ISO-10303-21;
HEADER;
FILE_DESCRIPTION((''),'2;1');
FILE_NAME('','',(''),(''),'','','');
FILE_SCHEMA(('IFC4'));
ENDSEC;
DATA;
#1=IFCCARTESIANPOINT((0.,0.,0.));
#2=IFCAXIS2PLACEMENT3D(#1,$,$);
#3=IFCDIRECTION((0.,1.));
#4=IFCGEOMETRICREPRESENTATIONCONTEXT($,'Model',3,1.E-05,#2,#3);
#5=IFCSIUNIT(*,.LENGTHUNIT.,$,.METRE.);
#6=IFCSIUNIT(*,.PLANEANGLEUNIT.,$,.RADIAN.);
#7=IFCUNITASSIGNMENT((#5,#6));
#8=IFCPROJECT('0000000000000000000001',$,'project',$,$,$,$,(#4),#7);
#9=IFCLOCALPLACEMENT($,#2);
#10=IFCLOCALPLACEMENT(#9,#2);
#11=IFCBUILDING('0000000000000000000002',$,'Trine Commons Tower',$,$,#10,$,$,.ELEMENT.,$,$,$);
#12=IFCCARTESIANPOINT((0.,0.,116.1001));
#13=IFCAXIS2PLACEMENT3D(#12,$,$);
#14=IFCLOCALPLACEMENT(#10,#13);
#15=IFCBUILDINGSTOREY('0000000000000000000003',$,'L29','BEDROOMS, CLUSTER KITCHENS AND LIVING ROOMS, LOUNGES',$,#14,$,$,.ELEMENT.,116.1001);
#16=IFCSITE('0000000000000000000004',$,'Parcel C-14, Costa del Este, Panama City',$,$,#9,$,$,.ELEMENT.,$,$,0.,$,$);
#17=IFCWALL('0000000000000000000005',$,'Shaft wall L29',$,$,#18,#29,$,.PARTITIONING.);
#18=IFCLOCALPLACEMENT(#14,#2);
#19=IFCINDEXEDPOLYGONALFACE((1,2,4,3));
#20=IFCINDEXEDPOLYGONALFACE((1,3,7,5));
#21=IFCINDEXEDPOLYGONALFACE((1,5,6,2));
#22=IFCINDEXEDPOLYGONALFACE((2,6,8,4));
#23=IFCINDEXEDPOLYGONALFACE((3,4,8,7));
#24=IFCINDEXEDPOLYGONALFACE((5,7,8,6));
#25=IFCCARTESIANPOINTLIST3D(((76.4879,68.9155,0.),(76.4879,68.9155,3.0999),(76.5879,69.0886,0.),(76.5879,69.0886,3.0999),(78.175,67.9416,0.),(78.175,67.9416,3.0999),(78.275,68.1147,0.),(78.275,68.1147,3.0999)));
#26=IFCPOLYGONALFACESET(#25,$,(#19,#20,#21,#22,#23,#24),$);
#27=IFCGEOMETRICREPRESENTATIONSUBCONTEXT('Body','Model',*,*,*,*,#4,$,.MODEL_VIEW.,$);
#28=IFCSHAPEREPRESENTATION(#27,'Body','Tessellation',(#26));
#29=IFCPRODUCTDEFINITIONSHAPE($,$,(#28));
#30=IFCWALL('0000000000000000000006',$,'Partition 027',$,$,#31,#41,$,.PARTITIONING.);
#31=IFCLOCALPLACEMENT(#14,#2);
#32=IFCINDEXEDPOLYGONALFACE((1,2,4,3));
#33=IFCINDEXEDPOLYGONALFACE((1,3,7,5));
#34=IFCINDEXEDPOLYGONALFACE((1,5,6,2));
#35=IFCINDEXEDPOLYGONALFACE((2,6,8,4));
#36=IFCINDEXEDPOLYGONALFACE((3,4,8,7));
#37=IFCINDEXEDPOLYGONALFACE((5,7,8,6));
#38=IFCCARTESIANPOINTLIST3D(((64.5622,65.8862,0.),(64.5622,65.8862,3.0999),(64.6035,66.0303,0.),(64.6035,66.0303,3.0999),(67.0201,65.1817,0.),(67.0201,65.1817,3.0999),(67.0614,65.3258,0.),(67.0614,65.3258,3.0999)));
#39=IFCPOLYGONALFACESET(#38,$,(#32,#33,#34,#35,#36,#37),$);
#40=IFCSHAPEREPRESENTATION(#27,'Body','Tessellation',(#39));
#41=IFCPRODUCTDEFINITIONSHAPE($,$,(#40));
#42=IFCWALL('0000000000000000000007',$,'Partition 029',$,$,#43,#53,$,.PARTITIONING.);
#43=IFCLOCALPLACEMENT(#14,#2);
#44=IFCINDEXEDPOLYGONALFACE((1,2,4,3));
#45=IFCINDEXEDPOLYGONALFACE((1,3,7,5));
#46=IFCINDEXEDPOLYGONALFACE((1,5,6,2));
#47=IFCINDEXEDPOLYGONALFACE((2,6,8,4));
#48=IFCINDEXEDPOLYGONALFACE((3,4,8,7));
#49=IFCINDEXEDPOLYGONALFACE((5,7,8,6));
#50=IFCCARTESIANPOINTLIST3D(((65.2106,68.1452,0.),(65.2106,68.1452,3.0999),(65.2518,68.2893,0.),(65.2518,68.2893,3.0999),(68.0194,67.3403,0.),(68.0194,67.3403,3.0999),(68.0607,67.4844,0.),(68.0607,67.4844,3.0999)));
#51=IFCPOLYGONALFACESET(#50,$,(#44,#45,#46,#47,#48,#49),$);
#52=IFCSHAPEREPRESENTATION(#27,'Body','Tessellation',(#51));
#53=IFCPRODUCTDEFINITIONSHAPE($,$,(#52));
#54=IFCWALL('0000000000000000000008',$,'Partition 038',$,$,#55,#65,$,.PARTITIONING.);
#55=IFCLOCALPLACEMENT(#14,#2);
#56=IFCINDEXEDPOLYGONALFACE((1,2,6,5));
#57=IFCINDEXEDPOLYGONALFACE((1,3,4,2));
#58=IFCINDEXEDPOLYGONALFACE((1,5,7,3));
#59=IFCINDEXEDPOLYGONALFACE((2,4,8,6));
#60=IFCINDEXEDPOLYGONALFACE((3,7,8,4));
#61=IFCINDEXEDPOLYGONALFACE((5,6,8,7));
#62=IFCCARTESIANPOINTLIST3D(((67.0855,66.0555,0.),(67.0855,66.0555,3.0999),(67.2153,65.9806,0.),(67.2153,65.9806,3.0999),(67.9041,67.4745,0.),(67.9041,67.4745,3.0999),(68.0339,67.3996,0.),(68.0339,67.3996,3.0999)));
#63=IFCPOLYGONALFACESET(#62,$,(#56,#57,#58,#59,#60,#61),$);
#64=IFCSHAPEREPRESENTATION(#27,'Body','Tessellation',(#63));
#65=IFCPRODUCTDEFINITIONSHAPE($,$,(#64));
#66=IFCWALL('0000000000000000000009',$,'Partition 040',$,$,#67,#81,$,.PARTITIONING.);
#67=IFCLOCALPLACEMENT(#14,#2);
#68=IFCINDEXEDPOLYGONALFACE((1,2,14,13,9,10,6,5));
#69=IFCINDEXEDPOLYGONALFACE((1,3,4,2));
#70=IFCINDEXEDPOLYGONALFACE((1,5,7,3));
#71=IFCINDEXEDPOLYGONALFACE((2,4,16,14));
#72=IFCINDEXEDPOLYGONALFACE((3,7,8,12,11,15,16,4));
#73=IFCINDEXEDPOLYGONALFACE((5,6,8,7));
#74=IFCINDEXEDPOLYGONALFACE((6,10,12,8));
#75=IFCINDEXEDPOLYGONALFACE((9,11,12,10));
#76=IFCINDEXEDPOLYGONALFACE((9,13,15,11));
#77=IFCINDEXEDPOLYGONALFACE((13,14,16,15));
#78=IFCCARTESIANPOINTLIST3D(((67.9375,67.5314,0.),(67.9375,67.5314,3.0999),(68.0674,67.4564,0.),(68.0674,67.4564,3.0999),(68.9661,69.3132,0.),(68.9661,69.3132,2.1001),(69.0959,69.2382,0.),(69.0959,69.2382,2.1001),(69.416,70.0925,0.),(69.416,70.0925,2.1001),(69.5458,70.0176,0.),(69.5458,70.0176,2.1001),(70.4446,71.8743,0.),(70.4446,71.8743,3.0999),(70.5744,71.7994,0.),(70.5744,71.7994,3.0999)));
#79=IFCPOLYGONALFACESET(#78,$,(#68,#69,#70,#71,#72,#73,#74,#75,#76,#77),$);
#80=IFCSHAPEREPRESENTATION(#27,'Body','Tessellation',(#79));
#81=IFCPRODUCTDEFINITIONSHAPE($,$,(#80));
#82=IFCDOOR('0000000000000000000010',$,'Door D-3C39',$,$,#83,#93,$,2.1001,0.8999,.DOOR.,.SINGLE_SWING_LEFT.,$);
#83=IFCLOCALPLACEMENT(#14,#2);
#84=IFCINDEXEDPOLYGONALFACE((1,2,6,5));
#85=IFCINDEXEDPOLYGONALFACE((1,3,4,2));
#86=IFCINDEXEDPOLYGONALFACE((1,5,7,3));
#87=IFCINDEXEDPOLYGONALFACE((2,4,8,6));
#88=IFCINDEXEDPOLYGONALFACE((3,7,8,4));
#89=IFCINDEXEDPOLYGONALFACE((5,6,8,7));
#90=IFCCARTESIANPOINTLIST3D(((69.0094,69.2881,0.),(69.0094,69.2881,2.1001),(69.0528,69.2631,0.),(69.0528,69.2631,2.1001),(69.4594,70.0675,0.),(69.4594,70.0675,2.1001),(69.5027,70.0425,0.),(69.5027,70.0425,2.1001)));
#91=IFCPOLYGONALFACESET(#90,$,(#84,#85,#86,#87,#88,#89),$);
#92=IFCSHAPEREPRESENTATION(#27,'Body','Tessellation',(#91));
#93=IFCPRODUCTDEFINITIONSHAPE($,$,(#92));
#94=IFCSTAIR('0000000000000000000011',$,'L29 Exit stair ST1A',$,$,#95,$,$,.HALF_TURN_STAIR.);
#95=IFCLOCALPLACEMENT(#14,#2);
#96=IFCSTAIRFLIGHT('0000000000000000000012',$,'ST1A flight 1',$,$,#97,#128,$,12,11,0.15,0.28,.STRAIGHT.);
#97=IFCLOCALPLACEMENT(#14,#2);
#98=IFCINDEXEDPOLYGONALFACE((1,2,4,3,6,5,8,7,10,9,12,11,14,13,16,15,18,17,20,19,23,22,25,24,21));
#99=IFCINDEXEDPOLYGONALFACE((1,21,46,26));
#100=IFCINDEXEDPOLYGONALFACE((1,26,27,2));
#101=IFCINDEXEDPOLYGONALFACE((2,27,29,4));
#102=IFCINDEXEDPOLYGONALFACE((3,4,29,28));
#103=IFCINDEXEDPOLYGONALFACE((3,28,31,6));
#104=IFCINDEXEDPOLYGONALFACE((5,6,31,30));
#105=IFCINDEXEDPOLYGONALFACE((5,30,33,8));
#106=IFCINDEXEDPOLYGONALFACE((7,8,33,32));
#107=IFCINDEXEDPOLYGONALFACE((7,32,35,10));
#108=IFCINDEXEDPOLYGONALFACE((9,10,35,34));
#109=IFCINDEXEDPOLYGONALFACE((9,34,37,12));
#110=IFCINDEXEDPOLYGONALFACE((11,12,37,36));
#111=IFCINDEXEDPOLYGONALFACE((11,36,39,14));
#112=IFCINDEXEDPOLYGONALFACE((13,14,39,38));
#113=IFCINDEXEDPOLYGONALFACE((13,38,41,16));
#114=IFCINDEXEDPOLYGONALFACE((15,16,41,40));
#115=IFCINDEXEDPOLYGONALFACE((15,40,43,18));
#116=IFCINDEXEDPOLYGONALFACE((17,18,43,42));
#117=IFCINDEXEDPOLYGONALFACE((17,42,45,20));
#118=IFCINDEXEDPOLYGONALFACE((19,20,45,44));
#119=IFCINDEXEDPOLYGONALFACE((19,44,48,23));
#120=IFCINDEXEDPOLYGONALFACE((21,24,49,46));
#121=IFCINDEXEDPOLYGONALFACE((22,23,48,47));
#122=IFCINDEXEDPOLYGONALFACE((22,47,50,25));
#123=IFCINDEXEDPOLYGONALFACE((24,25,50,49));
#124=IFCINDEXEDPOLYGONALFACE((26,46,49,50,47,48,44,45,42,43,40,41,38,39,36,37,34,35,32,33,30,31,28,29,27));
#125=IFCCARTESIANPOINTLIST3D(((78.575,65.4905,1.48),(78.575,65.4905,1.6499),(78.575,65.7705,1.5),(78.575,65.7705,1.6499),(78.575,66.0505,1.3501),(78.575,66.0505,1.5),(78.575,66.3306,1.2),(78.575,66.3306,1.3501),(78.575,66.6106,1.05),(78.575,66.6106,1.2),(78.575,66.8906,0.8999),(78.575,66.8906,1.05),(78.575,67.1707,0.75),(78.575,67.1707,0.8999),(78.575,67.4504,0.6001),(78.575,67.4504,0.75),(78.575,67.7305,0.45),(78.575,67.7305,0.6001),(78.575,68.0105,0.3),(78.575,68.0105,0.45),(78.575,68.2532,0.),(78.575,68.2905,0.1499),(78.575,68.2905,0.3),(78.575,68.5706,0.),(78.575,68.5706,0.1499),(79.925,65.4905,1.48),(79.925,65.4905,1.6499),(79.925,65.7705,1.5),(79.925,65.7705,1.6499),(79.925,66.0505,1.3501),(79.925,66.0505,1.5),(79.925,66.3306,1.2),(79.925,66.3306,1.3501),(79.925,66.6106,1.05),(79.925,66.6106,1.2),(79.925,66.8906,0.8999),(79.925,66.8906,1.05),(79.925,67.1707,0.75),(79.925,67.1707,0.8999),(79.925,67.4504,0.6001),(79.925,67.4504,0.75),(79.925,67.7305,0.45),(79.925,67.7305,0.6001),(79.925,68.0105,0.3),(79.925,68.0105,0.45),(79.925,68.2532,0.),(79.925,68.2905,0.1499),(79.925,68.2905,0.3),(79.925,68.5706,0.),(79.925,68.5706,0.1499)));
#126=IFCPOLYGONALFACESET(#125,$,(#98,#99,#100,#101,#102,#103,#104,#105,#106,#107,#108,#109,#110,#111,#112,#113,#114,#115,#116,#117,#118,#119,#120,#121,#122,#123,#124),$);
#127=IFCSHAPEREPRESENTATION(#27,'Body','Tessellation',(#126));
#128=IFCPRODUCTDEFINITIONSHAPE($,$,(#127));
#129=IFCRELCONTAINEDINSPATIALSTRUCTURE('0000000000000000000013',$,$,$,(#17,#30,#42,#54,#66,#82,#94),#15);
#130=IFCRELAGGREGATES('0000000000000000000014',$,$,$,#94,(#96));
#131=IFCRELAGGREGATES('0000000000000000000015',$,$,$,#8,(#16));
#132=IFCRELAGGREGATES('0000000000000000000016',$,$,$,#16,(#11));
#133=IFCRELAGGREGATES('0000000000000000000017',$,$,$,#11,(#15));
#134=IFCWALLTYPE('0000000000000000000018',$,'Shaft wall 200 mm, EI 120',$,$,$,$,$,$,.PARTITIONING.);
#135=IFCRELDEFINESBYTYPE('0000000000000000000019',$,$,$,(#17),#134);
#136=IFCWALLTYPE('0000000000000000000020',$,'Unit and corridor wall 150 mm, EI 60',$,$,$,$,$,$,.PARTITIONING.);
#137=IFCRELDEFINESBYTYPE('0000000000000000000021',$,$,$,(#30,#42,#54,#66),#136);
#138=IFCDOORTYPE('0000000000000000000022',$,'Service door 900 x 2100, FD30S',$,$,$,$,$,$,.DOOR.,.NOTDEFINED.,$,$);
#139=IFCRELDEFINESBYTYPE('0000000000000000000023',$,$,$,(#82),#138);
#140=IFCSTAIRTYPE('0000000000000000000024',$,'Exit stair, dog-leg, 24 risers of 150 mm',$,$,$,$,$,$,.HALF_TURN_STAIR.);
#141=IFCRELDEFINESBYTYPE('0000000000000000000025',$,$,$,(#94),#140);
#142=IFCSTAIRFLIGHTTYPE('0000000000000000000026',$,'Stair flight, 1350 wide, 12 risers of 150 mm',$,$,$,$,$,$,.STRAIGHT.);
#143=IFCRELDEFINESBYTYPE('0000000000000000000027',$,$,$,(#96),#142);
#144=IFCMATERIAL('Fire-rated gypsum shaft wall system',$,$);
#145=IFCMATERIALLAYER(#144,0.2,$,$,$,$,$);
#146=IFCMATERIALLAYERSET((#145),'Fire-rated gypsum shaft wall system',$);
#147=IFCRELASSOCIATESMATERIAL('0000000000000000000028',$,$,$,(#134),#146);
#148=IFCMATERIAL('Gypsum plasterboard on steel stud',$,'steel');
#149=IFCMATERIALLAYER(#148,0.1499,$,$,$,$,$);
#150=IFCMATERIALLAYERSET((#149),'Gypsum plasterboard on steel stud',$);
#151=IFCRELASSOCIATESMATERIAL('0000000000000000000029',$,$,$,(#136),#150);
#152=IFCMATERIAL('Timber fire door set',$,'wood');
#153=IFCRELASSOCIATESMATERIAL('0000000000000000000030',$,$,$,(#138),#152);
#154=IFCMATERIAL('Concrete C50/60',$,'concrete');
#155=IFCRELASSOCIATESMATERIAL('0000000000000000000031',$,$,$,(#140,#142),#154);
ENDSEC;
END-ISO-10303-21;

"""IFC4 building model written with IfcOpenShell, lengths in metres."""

from ifc_helpers import new_model, si_unit, direction, frame, frame_2d, origin, place, context, subcontext, project, spatial, polyline, rectangle, outline, extrude, material, layer, layer_set, type_object, element, fill, aggregate, save


model = new_model("IFC4")

# Units and contexts
model_context = context("Model", 3, precision=1e-05, world=origin(), true_north=direction((0.0, 1.0)))
body_context = subcontext(model_context, "Body", "Model", "MODEL_VIEW")
ifc_project = project(units=[si_unit("LENGTHUNIT", "METRE"), si_unit("PLANEANGLEUNIT", "RADIAN")], contexts=[model_context])

# Site, building, storey
site_placement = place(None, origin())
site = spatial("IfcSite", under=ifc_project, at=site_placement, Name="Parcel C-14, Costa del Este, Panama City", CompositionType="ELEMENT", RefElevation=0.0)
building_placement = place(site_placement, origin())
building = spatial("IfcBuilding", under=site, at=building_placement, Name="Trine Commons Tower", CompositionType="ELEMENT")
storey_placement = place(building_placement, frame((0.0, 0.0, 116.1001)))
storey = spatial("IfcBuildingStorey", under=building, at=storey_placement, Name="L29", Description="BEDROOMS, CLUSTER KITCHENS AND LIVING ROOMS, LOUNGES", CompositionType="ELEMENT", Elevation=116.1001)

# Shared definitions
ifc_material_1 = material(Name="Concrete C50/60", Category="concrete")

# Shared definitions
ifc_material_2 = material(Name="Fire-rated gypsum shaft wall system")

# Walls
ifc_layer_1 = layer(ifc_material_2, 0.2)
ifc_layer_set_1 = layer_set([ifc_layer_1], Name="Fire-rated gypsum shaft wall system")
wall_type_1 = type_object("IfcWallType", Name="Shaft wall 200 mm, EI 120", PredefinedType="PARTITIONING", material=ifc_layer_set_1)
wall_1_placement = place(storey_placement, frame((78.2251, 68.0281, 0.0), z_axis=(0.0, 0.0, 1.0), x_axis=(-0.866052, 0.499954, 0.0)))
element("IfcWall", 1, at=wall_1_placement, inside=storey, type_object=wall_type_1, Name="Shaft wall L29", PredefinedType="PARTITIONING", context=body_context, shape_type="SweptSolid", body=[
    extrude(rectangle(XDim=1.948, YDim=0.2, at=frame_2d((0.9741, 0.0))), origin(), (0.0, 0.0, 1.0), 3.0999),
])
ifc_material_3 = material(Name="Gypsum plasterboard on steel stud", Category="steel")
ifc_layer_2 = layer(ifc_material_3, 0.1499)
ifc_layer_set_2 = layer_set([ifc_layer_2], Name="Gypsum plasterboard on steel stud")
wall_type_2 = type_object("IfcWallType", Name="Unit and corridor wall 150 mm, EI 60", PredefinedType="PARTITIONING", material=ifc_layer_set_2)
wall_2_placement = place(storey_placement, frame((64.583, 65.9583, 0.0), z_axis=(0.0, 0.0, 1.0), x_axis=(0.961286, -0.275553, 0.0)))
element("IfcWall", 2, at=wall_2_placement, inside=storey, type_object=wall_type_2, Name="Partition 027", PredefinedType="PARTITIONING", context=body_context, shape_type="SweptSolid", body=[
    extrude(rectangle(XDim=2.5569, YDim=0.1499, at=frame_2d((1.2783, 0.0))), origin(), (0.0, 0.0, 1.0), 3.0999),
])
wall_3_placement = place(storey_placement, frame((65.2312, 68.2173, 0.0), z_axis=(0.0, 0.0, 1.0), x_axis=(0.961306, -0.275483, 0.0)))
element("IfcWall", 3, at=wall_3_placement, inside=storey, type_object=wall_type_2, Name="Partition 029", PredefinedType="PARTITIONING", context=body_context, shape_type="SweptSolid", body=[
    extrude(rectangle(XDim=2.9219, YDim=0.1499, at=frame_2d((1.4609, 0.0))), origin(), (0.0, 0.0, 1.0), 3.0999),
])
wall_4_placement = place(storey_placement, frame((67.1504, 66.0181, 0.0), z_axis=(0.0, 0.0, 1.0), x_axis=(0.499714, 0.866191, 0.0)))
element("IfcWall", 4, at=wall_4_placement, inside=storey, type_object=wall_type_2, Name="Partition 038", PredefinedType="PARTITIONING", context=body_context, shape_type="SweptSolid", body=[
    extrude(rectangle(XDim=1.6382, YDim=0.1499, at=frame_2d((0.8191, 0.0))), origin(), (0.0, 0.0, 1.0), 3.0999),
])

# Wall, opening, door
wall_5_placement = place(storey_placement, frame((68.0024, 67.4939, 0.0), z_axis=(0.0, 0.0, 1.0), x_axis=(0.499946, 0.866057, 0.0)))
wall_5 = element("IfcWall", 5, at=wall_5_placement, inside=storey, type_object=wall_type_2, Name="Partition 040", PredefinedType="PARTITIONING", context=body_context, shape_type="SweptSolid", body=[
    extrude(rectangle(XDim=5.0146, YDim=0.1499, at=frame_2d((2.5073, 0.0))), origin(), (0.0, 0.0, 1.0), 3.0999),
])
opening_1_placement = place(wall_5_placement, frame((2.0574, 0.0, 0.0)))
opening_1 = element("IfcOpeningElement", 6, at=opening_1_placement, cuts=wall_5, PredefinedType="OPENING", context=body_context, shape_type="SweptSolid", body=[
    extrude(rectangle(XDim=0.8999, YDim=2.1001, at=frame_2d((0.45, 1.05))), frame((0.0, 0.085, 0.0), z_axis=(0.0, -1.0, 0.0), x_axis=(1.0, 0.0, 0.0)), (0.0, 0.0, 1.0), 0.1699),
])
ifc_material_4 = material(Name="Timber fire door set", Category="wood")
door_type_1 = type_object("IfcDoorType", Name="Service door 900 x 2100, FD30S", OperationType="NOTDEFINED", PredefinedType="DOOR", material=ifc_material_4)
door_1_placement = place(opening_1_placement, origin())
door_1 = element("IfcDoor", 7, at=door_1_placement, inside=storey, type_object=door_type_1, Name="Door D-3C39", OperationType="SINGLE_SWING_LEFT", OverallHeight=2.1001, OverallWidth=0.8999, PredefinedType="DOOR", context=body_context, shape_type="SweptSolid", body=[
    extrude(rectangle(XDim=0.8999, YDim=2.1001, at=frame_2d((0.45, 1.05))), frame((0.0, 0.0249, 0.0), z_axis=(0.0, -1.0, 0.0), x_axis=(1.0, 0.0, 0.0)), (0.0, 0.0, 1.0), 0.05),
])
fill(opening_1, door_1)

# Stair, stair flight
stair_type = type_object("IfcStairType", Name="Exit stair, dog-leg, 24 risers of 150 mm", PredefinedType="HALF_TURN_STAIR", material=ifc_material_1)
stair_placement = place(storey_placement, origin())
stair = element("IfcStair", 8, at=stair_placement, inside=storey, type_object=stair_type, Name="L29 Exit stair ST1A", PredefinedType="HALF_TURN_STAIR")
stair_flight_type = type_object("IfcStairFlightType", Name="Stair flight, 1350 wide, 12 risers of 150 mm", PredefinedType="STRAIGHT", material=ifc_material_1)
stair_flight_placement = place(storey_placement, frame((79.25, 68.5706, 0.0), z_axis=(0.0, 0.0, 1.0), x_axis=(0.0, -1.0, 0.0)))
stair_flight = element("IfcStairFlight", 9, at=stair_flight_placement, type_object=stair_flight_type, Name="ST1A flight 1", NumberOfRisers=12, NumberOfTreads=11, PredefinedType="STRAIGHT", RiserHeight=0.15, TreadLength=0.28, context=body_context, shape_type="SweptSolid", body=[
    extrude(outline(polyline([(0.0, 0.0), (0.0, 0.1499), (0.28, 0.1499), (0.28, 0.3), (0.5601, 0.3), (0.5601, 0.45), (0.8401, 0.45), (0.8401, 0.6001), (1.1201, 0.6001), (1.1201, 0.75), (1.3999, 0.75), (1.3999, 0.8999), (1.6799, 0.8999), (1.6799, 1.05), (1.96, 1.05), (1.96, 1.2), (2.24, 1.2), (2.24, 1.3501), (2.52, 1.3501), (2.52, 1.5), (2.8, 1.5), (2.8, 1.6499), (3.0801, 1.6499), (3.0801, 1.8), (3.0801, 1.48), (0.3174, 0.0), (0.0, 0.0)])), frame((0.0, 0.675, 0.0), z_axis=(0.0, -1.0, 0.0), x_axis=(1.0, 0.0, 0.0)), (0.0, 0.0, 1.0), 1.3501),
])
aggregate(stair, [stair_flight])

save(model, "model.ifc")
